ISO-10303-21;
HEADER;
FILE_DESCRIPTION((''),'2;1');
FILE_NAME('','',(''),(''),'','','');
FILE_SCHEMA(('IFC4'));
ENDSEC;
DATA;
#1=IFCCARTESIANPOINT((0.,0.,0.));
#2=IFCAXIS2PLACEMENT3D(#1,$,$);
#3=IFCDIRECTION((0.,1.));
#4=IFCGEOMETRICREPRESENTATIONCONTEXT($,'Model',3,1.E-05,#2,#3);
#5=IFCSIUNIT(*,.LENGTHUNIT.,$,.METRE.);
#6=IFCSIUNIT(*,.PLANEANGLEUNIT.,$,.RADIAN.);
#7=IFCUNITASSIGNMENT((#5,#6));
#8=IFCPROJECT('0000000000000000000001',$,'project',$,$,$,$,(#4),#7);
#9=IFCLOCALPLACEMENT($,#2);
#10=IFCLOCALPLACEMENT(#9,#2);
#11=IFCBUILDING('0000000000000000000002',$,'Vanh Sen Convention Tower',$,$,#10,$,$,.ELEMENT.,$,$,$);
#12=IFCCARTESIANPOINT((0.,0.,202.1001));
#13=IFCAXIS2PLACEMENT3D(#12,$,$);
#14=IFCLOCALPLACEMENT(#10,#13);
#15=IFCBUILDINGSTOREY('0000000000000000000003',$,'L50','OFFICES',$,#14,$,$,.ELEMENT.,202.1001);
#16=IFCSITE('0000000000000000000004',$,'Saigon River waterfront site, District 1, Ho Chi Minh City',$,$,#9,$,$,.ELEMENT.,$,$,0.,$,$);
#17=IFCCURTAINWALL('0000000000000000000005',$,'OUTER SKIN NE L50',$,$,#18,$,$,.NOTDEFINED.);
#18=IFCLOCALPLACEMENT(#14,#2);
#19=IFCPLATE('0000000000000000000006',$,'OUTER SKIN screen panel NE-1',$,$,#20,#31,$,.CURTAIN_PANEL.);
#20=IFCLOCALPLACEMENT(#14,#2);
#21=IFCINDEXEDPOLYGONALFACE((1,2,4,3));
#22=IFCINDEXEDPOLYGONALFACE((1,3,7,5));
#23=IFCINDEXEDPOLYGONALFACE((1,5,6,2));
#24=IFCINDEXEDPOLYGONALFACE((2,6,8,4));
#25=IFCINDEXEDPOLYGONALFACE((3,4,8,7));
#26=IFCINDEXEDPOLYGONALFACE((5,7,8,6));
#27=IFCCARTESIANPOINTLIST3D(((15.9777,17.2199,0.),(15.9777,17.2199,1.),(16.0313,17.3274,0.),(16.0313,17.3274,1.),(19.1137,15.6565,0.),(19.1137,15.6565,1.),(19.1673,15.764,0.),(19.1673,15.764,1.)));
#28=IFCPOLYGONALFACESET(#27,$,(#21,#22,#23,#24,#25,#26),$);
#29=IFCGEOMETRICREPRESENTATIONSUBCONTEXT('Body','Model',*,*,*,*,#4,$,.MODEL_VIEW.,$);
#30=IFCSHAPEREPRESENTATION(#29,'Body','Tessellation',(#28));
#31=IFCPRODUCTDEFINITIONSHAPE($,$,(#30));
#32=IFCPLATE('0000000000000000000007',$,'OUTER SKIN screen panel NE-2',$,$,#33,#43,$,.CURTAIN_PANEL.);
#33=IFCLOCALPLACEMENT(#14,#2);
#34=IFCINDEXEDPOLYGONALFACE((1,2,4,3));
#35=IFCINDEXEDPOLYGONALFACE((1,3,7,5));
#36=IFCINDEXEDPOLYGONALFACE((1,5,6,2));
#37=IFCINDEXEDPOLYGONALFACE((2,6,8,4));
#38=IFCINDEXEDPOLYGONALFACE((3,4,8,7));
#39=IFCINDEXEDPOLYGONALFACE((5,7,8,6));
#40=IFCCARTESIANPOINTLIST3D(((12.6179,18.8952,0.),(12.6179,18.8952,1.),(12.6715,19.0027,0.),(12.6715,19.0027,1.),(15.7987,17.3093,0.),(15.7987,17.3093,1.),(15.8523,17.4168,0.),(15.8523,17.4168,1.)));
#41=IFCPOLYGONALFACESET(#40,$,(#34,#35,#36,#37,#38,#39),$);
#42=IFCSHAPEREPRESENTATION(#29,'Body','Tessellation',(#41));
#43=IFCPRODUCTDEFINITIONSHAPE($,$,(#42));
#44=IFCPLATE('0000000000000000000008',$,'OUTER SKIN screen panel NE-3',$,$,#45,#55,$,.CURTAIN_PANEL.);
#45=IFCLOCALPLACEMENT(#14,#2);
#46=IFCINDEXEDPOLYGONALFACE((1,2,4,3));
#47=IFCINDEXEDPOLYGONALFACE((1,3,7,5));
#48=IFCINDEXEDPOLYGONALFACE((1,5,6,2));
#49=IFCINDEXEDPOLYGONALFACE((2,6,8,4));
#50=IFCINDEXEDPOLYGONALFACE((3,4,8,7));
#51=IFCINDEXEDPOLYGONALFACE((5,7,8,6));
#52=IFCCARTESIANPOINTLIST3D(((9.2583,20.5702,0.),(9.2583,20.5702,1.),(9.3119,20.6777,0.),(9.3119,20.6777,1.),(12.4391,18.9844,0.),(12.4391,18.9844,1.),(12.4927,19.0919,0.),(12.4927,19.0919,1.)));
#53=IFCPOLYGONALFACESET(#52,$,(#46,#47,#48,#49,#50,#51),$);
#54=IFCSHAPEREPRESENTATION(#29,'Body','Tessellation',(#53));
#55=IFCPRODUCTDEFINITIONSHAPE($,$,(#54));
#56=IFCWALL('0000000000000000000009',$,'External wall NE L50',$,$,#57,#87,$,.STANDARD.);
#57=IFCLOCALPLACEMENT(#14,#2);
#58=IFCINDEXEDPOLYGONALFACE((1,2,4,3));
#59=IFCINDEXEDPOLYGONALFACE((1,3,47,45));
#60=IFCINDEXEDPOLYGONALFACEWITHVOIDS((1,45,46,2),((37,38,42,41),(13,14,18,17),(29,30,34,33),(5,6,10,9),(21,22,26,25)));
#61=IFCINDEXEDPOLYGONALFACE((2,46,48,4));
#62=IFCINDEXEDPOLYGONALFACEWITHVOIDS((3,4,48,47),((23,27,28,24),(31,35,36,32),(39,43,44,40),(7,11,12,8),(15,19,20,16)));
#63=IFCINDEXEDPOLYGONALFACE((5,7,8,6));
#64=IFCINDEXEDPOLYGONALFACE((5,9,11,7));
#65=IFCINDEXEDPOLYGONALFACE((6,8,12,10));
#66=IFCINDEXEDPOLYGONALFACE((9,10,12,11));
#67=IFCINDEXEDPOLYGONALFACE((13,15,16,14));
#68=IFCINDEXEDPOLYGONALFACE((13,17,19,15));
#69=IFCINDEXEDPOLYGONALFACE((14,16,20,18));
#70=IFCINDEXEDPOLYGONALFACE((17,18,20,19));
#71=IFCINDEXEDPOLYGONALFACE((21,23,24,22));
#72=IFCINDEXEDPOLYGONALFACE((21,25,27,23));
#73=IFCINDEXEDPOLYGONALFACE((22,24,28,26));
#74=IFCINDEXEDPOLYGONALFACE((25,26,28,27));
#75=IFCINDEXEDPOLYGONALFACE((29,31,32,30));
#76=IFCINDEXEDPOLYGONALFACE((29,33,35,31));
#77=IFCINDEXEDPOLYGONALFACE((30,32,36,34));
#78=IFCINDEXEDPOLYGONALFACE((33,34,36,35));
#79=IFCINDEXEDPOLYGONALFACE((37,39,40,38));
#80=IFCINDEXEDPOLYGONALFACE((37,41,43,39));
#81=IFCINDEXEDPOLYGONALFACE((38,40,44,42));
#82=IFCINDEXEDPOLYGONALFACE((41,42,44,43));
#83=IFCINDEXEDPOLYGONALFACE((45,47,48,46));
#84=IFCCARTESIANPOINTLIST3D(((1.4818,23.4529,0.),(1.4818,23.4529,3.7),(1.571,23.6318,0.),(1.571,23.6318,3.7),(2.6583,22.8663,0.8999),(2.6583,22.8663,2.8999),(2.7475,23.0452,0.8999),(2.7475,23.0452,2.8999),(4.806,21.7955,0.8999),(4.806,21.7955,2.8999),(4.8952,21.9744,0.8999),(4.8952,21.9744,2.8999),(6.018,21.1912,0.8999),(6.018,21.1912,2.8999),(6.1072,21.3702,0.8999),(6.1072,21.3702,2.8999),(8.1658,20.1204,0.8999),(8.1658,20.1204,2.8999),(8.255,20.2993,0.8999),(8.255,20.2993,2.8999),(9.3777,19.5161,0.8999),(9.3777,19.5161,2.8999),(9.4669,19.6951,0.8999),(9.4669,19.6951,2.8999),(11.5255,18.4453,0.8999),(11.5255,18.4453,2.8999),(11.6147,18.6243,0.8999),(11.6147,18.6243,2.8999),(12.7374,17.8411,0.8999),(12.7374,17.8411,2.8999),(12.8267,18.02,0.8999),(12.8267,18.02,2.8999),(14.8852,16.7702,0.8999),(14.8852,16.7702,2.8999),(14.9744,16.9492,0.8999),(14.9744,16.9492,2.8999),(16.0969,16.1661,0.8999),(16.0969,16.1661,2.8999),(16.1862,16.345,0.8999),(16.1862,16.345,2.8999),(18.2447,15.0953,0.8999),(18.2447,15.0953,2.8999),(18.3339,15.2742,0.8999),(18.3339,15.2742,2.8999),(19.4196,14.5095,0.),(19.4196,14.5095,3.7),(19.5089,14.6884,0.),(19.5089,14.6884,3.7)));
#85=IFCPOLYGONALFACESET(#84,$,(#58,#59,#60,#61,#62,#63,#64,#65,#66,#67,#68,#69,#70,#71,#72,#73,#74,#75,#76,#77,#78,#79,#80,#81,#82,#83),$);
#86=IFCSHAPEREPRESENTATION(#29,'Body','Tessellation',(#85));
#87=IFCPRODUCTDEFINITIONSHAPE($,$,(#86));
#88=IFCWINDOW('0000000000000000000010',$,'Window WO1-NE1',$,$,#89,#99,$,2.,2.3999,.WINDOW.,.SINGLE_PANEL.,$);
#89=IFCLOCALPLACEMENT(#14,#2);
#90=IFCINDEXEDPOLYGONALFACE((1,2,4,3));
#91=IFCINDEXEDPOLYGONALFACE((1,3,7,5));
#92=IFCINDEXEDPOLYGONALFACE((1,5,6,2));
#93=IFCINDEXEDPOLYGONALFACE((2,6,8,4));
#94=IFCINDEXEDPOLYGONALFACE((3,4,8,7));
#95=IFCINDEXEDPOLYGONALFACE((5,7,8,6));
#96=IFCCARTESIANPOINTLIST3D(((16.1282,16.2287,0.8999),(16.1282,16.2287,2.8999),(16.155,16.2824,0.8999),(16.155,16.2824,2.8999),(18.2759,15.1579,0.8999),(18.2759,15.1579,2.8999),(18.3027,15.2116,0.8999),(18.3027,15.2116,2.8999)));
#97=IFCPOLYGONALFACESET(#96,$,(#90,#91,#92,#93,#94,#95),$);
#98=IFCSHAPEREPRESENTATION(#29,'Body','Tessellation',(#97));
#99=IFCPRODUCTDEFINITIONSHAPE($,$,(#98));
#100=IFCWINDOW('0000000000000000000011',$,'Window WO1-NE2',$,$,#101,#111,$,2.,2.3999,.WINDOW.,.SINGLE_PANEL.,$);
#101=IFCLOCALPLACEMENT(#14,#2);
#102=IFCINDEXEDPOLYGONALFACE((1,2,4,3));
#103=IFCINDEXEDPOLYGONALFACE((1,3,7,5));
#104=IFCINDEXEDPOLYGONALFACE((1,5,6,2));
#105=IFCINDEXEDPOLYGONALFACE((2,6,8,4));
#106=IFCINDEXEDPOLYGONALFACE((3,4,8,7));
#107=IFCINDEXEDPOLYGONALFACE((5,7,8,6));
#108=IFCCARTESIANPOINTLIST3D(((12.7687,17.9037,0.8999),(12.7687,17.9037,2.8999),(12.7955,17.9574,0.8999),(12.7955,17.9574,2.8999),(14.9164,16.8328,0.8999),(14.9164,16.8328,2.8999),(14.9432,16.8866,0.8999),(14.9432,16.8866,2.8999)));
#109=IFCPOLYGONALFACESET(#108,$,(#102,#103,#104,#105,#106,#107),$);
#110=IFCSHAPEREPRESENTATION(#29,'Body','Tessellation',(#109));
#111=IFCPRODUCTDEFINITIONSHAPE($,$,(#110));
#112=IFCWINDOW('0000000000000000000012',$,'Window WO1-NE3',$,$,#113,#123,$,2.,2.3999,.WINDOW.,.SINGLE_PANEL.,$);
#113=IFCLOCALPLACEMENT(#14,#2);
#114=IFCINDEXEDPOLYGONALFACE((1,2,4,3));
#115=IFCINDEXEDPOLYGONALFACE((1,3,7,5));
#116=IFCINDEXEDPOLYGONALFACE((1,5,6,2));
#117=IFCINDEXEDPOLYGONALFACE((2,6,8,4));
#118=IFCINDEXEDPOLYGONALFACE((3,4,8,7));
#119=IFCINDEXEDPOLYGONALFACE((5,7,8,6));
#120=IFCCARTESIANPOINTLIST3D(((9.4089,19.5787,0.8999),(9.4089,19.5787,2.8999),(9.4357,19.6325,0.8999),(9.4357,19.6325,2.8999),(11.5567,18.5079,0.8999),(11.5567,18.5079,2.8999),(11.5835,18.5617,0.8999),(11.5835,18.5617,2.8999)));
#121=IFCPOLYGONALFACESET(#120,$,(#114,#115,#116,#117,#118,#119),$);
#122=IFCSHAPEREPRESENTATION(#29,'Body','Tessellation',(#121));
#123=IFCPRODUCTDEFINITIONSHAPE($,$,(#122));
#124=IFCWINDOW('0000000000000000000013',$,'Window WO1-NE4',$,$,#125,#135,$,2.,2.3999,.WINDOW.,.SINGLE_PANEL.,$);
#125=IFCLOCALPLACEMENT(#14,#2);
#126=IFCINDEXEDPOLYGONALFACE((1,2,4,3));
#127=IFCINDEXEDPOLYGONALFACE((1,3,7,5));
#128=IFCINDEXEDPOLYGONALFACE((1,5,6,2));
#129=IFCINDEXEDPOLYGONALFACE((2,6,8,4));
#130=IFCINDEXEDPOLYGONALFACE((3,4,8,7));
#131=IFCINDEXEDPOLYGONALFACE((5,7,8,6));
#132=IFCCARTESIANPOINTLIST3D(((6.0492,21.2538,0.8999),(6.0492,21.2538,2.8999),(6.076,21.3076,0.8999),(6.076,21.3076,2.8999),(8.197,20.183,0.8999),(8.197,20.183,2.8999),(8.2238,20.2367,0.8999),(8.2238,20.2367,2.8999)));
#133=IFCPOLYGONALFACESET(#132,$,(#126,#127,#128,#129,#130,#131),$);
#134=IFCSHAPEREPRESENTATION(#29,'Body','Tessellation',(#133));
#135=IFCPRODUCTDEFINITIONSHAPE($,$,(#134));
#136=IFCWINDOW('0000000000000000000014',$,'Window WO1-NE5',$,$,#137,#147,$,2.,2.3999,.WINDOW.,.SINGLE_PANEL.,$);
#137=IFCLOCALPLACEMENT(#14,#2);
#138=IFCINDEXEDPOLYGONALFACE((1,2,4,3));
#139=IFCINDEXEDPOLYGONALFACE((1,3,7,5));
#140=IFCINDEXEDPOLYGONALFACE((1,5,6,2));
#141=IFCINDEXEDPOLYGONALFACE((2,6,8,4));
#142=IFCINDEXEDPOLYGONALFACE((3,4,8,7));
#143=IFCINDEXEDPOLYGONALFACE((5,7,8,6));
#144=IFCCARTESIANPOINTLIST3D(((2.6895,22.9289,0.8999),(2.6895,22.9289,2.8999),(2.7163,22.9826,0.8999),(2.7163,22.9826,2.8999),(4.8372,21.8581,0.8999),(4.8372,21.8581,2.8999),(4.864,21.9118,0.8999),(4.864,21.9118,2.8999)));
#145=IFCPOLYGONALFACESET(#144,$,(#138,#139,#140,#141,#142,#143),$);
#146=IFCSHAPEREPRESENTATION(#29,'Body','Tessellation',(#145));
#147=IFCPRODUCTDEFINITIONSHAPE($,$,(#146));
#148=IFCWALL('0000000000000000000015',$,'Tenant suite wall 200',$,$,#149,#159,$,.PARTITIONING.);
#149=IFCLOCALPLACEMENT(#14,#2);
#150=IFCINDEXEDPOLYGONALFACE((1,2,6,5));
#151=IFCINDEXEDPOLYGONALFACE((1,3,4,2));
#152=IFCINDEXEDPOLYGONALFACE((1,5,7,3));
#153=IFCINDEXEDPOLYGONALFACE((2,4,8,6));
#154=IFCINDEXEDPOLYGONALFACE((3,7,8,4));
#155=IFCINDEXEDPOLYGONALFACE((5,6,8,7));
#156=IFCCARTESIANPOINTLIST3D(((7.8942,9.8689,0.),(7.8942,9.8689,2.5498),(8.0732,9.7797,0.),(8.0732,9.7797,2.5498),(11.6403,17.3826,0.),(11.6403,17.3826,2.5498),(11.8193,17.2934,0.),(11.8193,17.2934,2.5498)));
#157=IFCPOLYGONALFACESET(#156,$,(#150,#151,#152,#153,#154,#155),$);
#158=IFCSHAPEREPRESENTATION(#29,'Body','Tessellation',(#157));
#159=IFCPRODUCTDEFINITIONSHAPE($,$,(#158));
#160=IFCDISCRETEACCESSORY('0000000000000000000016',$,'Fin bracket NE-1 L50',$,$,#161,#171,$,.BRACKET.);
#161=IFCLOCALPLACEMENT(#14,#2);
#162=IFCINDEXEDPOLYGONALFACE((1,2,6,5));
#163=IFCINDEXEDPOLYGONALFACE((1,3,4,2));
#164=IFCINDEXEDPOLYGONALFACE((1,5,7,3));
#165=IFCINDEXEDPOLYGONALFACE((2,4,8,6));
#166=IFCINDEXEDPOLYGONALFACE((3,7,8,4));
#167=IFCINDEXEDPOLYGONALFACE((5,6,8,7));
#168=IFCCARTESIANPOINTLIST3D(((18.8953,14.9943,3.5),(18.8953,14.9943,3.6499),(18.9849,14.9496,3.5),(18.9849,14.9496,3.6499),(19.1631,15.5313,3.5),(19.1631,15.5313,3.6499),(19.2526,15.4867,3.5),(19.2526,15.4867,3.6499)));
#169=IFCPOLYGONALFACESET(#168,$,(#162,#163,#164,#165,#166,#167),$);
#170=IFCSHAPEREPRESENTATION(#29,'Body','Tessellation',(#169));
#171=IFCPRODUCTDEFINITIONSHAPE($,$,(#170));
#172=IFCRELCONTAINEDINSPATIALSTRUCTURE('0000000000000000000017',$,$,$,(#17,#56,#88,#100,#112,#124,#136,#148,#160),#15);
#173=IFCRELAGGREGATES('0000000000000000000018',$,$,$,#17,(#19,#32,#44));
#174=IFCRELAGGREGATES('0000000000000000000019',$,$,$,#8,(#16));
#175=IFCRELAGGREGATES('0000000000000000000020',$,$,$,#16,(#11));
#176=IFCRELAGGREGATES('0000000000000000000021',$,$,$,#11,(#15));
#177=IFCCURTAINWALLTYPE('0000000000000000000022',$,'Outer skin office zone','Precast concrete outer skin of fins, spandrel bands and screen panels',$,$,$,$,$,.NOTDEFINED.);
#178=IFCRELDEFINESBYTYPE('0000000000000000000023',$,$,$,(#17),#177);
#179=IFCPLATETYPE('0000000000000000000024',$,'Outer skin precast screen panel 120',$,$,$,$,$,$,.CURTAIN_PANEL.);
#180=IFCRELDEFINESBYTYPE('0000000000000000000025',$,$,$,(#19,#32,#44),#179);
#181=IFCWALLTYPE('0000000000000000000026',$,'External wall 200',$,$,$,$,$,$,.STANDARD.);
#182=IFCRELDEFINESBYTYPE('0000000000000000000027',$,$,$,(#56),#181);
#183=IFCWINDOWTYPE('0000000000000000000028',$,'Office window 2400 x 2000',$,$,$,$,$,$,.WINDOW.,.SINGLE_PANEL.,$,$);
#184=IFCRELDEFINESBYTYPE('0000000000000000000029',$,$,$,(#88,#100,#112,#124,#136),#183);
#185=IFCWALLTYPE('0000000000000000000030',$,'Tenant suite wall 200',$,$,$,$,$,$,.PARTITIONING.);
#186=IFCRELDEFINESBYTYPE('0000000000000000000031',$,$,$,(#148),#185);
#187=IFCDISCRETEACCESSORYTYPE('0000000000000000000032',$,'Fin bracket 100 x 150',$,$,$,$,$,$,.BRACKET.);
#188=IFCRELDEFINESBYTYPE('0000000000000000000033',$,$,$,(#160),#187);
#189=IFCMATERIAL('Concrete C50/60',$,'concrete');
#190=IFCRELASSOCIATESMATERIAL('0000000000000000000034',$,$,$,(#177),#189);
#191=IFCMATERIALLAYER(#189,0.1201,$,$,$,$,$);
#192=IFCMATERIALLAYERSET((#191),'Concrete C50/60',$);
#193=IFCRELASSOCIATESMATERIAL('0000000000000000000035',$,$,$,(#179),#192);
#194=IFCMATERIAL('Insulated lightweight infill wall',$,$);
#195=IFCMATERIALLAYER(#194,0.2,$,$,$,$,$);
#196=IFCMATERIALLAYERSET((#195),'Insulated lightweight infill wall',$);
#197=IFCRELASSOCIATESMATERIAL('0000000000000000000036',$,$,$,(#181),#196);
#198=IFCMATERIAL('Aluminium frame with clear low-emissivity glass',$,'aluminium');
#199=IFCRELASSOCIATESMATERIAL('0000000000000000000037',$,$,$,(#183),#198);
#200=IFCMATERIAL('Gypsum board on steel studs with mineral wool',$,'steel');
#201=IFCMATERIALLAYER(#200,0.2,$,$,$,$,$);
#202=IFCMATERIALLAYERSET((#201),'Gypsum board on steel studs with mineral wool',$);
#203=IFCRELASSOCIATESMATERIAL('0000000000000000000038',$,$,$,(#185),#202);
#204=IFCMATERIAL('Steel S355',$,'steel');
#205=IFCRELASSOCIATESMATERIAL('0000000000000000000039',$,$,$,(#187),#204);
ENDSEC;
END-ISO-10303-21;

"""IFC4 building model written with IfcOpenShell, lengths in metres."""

from ifc_helpers import new_model, si_unit, direction, frame, frame_2d, origin, origin_2d, place, context, subcontext, project, spatial, rectangle, extrude, material, layer, layer_set, type_object, element, fill, aggregate, save


model = new_model("IFC4")

# Units and contexts
model_context = context("Model", 3, precision=1e-05, world=origin(), true_north=direction((0.0, 1.0)))
body_context = subcontext(model_context, "Body", "Model", "MODEL_VIEW")
ifc_project = project(units=[si_unit("LENGTHUNIT", "METRE"), si_unit("PLANEANGLEUNIT", "RADIAN")], contexts=[model_context])

# Site, building, storey
site_placement = place(None, origin())
site = spatial("IfcSite", under=ifc_project, at=site_placement, Name="Saigon River waterfront site, District 1, Ho Chi Minh City", CompositionType="ELEMENT", RefElevation=0.0)
building_placement = place(site_placement, origin())
building = spatial("IfcBuilding", under=site, at=building_placement, Name="Vanh Sen Convention Tower", CompositionType="ELEMENT")
storey_placement = place(building_placement, frame((0.0, 0.0, 202.1001)))
storey = spatial("IfcBuildingStorey", under=building, at=storey_placement, Name="L50", Description="OFFICES", CompositionType="ELEMENT", Elevation=202.1001)

# Curtain wall
ifc_material_1 = material(Name="Concrete C50/60", Category="concrete")
curtain_wall_type = type_object("IfcCurtainWallType", Name="Outer skin office zone", Description="Precast concrete outer skin of fins, spandrel bands and screen panels", PredefinedType="NOTDEFINED", material=ifc_material_1)
curtain_wall_1_placement = place(storey_placement, origin())
curtain_wall_1 = element("IfcCurtainWall", 1, at=curtain_wall_1_placement, inside=storey, type_object=curtain_wall_type, Name="OUTER SKIN NE L50", PredefinedType="NOTDEFINED")

# Shared definitions
ifc_layer_1 = layer(ifc_material_1, 0.1201)
ifc_layer_set_1 = layer_set([ifc_layer_1], Name="Concrete C50/60")
plate_type = type_object("IfcPlateType", Name="Outer skin precast screen panel 120", PredefinedType="CURTAIN_PANEL", material=ifc_layer_set_1)

# Plates
plate_1_placement = place(storey_placement, frame((17.5725, 16.4919, 0.0), z_axis=(0.0, 0.0, 1.0), x_axis=(-0.894944, 0.446179, 0.0)))
plate_1 = element("IfcPlate", 2, at=plate_1_placement, type_object=plate_type, Name="OUTER SKIN screen panel NE-1", PredefinedType="CURTAIN_PANEL", context=body_context, shape_type="SweptSolid", body=[
    extrude(rectangle(XDim=3.5042, YDim=0.1201, at=origin_2d()), origin(), (0.0, 0.0, 1.0), 1.0),
])
plate_2_placement = place(storey_placement, frame((14.2351, 18.156, 0.0), z_axis=(0.0, 0.0, 1.0), x_axis=(-0.894933, 0.446201, 0.0)))
plate_2 = element("IfcPlate", 3, at=plate_2_placement, type_object=plate_type, Name="OUTER SKIN screen panel NE-2", PredefinedType="CURTAIN_PANEL", context=body_context, shape_type="SweptSolid", body=[
    extrude(rectangle(XDim=3.5542, YDim=0.1201, at=origin_2d()), origin(), (0.0, 0.0, 1.0), 1.0),
])
plate_3_placement = place(storey_placement, frame((10.8755, 19.8311, 0.0), z_axis=(0.0, 0.0, 1.0), x_axis=(-0.894933, 0.446201, 0.0)))
plate_3 = element("IfcPlate", 4, at=plate_3_placement, type_object=plate_type, Name="OUTER SKIN screen panel NE-3", PredefinedType="CURTAIN_PANEL", context=body_context, shape_type="SweptSolid", body=[
    extrude(rectangle(XDim=3.5542, YDim=0.1201, at=origin_2d()), origin(), (0.0, 0.0, 1.0), 1.0),
])
aggregate(curtain_wall_1, [plate_1, plate_2, plate_3])

# Wall, openings, windows
ifc_material_2 = material(Name="Insulated lightweight infill wall")
ifc_layer_2 = layer(ifc_material_2, 0.2)
ifc_layer_set_2 = layer_set([ifc_layer_2], Name="Insulated lightweight infill wall")
wall_type_1 = type_object("IfcWallType", Name="External wall 200", PredefinedType="STANDARD", material=ifc_layer_set_2)
wall_1_placement = place(storey_placement, frame((19.4644, 14.5989, 0.0), z_axis=(0.0, 0.0, 1.0), x_axis=(-0.894936, 0.446195, 0.0)))
wall_1 = element("IfcWall", 5, at=wall_1_placement, inside=storey, type_object=wall_type_1, Name="External wall NE L50", PredefinedType="STANDARD", context=body_context, shape_type="SweptSolid", body=[
    extrude(rectangle(XDim=20.0437, YDim=0.2, at=frame_2d((10.022, 0.0))), origin(), (0.0, 0.0, 1.0), 3.7),
])
opening_1_placement = place(wall_1_placement, frame((1.313, 0.0, 0.8999)))
opening_1 = element("IfcOpeningElement", 6, at=opening_1_placement, cuts=wall_1, PredefinedType="OPENING", context=body_context, shape_type="SweptSolid", body=[
    extrude(rectangle(XDim=2.3999, YDim=2.0, at=frame_2d((1.2, 1.0))), frame((0.0, 0.1099, 0.0), z_axis=(0.0, -1.0, 0.0), x_axis=(1.0, 0.0, 0.0)), (0.0, 0.0, 1.0), 0.22),
])
opening_2_placement = place(wall_1_placement, frame((5.0669, 0.0, 0.8999)))
opening_2 = element("IfcOpeningElement", 7, at=opening_2_placement, cuts=wall_1, PredefinedType="OPENING", context=body_context, shape_type="SweptSolid", body=[
    extrude(rectangle(XDim=2.3999, YDim=2.0, at=frame_2d((1.2, 1.0))), frame((0.0, 0.1099, 0.0), z_axis=(0.0, -1.0, 0.0), x_axis=(1.0, 0.0, 0.0)), (0.0, 0.0, 1.0), 0.22),
])
opening_3_placement = place(wall_1_placement, frame((8.821, 0.0, 0.8999)))
opening_3 = element("IfcOpeningElement", 8, at=opening_3_placement, cuts=wall_1, PredefinedType="OPENING", context=body_context, shape_type="SweptSolid", body=[
    extrude(rectangle(XDim=2.3999, YDim=2.0, at=frame_2d((1.2, 1.0))), frame((0.0, 0.1099, 0.0), z_axis=(0.0, -1.0, 0.0), x_axis=(1.0, 0.0, 0.0)), (0.0, 0.0, 1.0), 0.22),
])
opening_4_placement = place(wall_1_placement, frame((12.5752, 0.0, 0.8999)))
opening_4 = element("IfcOpeningElement", 9, at=opening_4_placement, cuts=wall_1, PredefinedType="OPENING", context=body_context, shape_type="SweptSolid", body=[
    extrude(rectangle(XDim=2.3999, YDim=2.0, at=frame_2d((1.2, 1.0))), frame((0.0, 0.1099, 0.0), z_axis=(0.0, -1.0, 0.0), x_axis=(1.0, 0.0, 0.0)), (0.0, 0.0, 1.0), 0.22),
])
opening_5_placement = place(wall_1_placement, frame((16.3293, 0.0, 0.8999)))
opening_5 = element("IfcOpeningElement", 10, at=opening_5_placement, cuts=wall_1, PredefinedType="OPENING", context=body_context, shape_type="SweptSolid", body=[
    extrude(rectangle(XDim=2.3999, YDim=2.0, at=frame_2d((1.2, 1.0))), frame((0.0, 0.1099, 0.0), z_axis=(0.0, -1.0, 0.0), x_axis=(1.0, 0.0, 0.0)), (0.0, 0.0, 1.0), 0.22),
])
ifc_material_3 = material(Name="Aluminium frame with clear low-emissivity glass", Category="aluminium")
window_type = type_object("IfcWindowType", Name="Office window 2400 x 2000", PartitioningType="SINGLE_PANEL", PredefinedType="WINDOW", material=ifc_material_3)
window_1_placement = place(opening_1_placement, origin())
window_1 = element("IfcWindow", 11, at=window_1_placement, inside=storey, type_object=window_type, Name="Window WO1-NE1", OverallHeight=2.0, OverallWidth=2.3999, PartitioningType="SINGLE_PANEL", PredefinedType="WINDOW", context=body_context, shape_type="SweptSolid", body=[
    extrude(rectangle(XDim=2.3999, YDim=2.0, at=frame_2d((1.2, 1.0))), frame((0.0, 0.03, 0.0), z_axis=(0.0, -1.0, 0.0), x_axis=(1.0, 0.0, 0.0)), (0.0, 0.0, 1.0), 0.0601),
])
fill(opening_1, window_1)
window_2_placement = place(opening_2_placement, origin())
window_2 = element("IfcWindow", 12, at=window_2_placement, inside=storey, type_object=window_type, Name="Window WO1-NE2", OverallHeight=2.0, OverallWidth=2.3999, PartitioningType="SINGLE_PANEL", PredefinedType="WINDOW", context=body_context, shape_type="SweptSolid", body=[
    extrude(rectangle(XDim=2.3999, YDim=2.0, at=frame_2d((1.2, 1.0))), frame((0.0, 0.03, 0.0), z_axis=(0.0, -1.0, 0.0), x_axis=(1.0, 0.0, 0.0)), (0.0, 0.0, 1.0), 0.0601),
])
fill(opening_2, window_2)
window_3_placement = place(opening_3_placement, origin())
window_3 = element("IfcWindow", 13, at=window_3_placement, inside=storey, type_object=window_type, Name="Window WO1-NE3", OverallHeight=2.0, OverallWidth=2.3999, PartitioningType="SINGLE_PANEL", PredefinedType="WINDOW", context=body_context, shape_type="SweptSolid", body=[
    extrude(rectangle(XDim=2.3999, YDim=2.0, at=frame_2d((1.2, 1.0))), frame((0.0, 0.03, 0.0), z_axis=(0.0, -1.0, 0.0), x_axis=(1.0, 0.0, 0.0)), (0.0, 0.0, 1.0), 0.0601),
])
fill(opening_3, window_3)
window_4_placement = place(opening_4_placement, origin())
window_4 = element("IfcWindow", 14, at=window_4_placement, inside=storey, type_object=window_type, Name="Window WO1-NE4", OverallHeight=2.0, OverallWidth=2.3999, PartitioningType="SINGLE_PANEL", PredefinedType="WINDOW", context=body_context, shape_type="SweptSolid", body=[
    extrude(rectangle(XDim=2.3999, YDim=2.0, at=frame_2d((1.2, 1.0))), frame((0.0, 0.03, 0.0), z_axis=(0.0, -1.0, 0.0), x_axis=(1.0, 0.0, 0.0)), (0.0, 0.0, 1.0), 0.0601),
])
fill(opening_4, window_4)
window_5_placement = place(opening_5_placement, origin())
window_5 = element("IfcWindow", 15, at=window_5_placement, inside=storey, type_object=window_type, Name="Window WO1-NE5", OverallHeight=2.0, OverallWidth=2.3999, PartitioningType="SINGLE_PANEL", PredefinedType="WINDOW", context=body_context, shape_type="SweptSolid", body=[
    extrude(rectangle(XDim=2.3999, YDim=2.0, at=frame_2d((1.2, 1.0))), frame((0.0, 0.03, 0.0), z_axis=(0.0, -1.0, 0.0), x_axis=(1.0, 0.0, 0.0)), (0.0, 0.0, 1.0), 0.0601),
])
fill(opening_5, window_5)

# Wall
ifc_material_4 = material(Name="Gypsum board on steel studs with mineral wool", Category="steel")
ifc_layer_3 = layer(ifc_material_4, 0.2)
ifc_layer_set_3 = layer_set([ifc_layer_3], Name="Gypsum board on steel studs with mineral wool")
wall_type_2 = type_object("IfcWallType", Name="Tenant suite wall 200", PredefinedType="PARTITIONING", material=ifc_layer_set_3)
wall_2_placement = place(storey_placement, frame((11.7297, 17.3379, 0.0), z_axis=(0.0, 0.0, 1.0), x_axis=(-0.44619, -0.894938, 0.0)))
element("IfcWall", 16, at=wall_2_placement, inside=storey, type_object=wall_type_2, Name="Tenant suite wall 200", PredefinedType="PARTITIONING", context=body_context, shape_type="SweptSolid", body=[
    extrude(rectangle(XDim=8.3958, YDim=0.2, at=frame_2d((4.1978, 0.0))), origin(), (0.0, 0.0, 1.0), 2.5498),
])

# Discrete accessory
ifc_material_5 = material(Name="Steel S355", Category="steel")
discrete_accessory_type = type_object("IfcDiscreteAccessoryType", Name="Fin bracket 100 x 150", PredefinedType="BRACKET", material=ifc_material_5)
for number, where, z_axis, x_axis, name in (
    (17, (19.074, 15.2405, 3.5), (0.0, 0.0, 1.0), (0.446198, 0.894934, 0.0), "Fin bracket NE-1 L50"),
):
    element("IfcDiscreteAccessory", number, at=place(storey_placement, frame(where, z_axis=z_axis, x_axis=x_axis)), inside=storey, type_object=discrete_accessory_type, Name=name, PredefinedType="BRACKET", context=body_context, shape_type="SweptSolid", body=[
        extrude(rectangle(XDim=0.6001, YDim=0.1001, at=origin_2d()), origin(), (0.0, 0.0, 1.0), 0.1499),
    ])

save(model, "model.ifc")
